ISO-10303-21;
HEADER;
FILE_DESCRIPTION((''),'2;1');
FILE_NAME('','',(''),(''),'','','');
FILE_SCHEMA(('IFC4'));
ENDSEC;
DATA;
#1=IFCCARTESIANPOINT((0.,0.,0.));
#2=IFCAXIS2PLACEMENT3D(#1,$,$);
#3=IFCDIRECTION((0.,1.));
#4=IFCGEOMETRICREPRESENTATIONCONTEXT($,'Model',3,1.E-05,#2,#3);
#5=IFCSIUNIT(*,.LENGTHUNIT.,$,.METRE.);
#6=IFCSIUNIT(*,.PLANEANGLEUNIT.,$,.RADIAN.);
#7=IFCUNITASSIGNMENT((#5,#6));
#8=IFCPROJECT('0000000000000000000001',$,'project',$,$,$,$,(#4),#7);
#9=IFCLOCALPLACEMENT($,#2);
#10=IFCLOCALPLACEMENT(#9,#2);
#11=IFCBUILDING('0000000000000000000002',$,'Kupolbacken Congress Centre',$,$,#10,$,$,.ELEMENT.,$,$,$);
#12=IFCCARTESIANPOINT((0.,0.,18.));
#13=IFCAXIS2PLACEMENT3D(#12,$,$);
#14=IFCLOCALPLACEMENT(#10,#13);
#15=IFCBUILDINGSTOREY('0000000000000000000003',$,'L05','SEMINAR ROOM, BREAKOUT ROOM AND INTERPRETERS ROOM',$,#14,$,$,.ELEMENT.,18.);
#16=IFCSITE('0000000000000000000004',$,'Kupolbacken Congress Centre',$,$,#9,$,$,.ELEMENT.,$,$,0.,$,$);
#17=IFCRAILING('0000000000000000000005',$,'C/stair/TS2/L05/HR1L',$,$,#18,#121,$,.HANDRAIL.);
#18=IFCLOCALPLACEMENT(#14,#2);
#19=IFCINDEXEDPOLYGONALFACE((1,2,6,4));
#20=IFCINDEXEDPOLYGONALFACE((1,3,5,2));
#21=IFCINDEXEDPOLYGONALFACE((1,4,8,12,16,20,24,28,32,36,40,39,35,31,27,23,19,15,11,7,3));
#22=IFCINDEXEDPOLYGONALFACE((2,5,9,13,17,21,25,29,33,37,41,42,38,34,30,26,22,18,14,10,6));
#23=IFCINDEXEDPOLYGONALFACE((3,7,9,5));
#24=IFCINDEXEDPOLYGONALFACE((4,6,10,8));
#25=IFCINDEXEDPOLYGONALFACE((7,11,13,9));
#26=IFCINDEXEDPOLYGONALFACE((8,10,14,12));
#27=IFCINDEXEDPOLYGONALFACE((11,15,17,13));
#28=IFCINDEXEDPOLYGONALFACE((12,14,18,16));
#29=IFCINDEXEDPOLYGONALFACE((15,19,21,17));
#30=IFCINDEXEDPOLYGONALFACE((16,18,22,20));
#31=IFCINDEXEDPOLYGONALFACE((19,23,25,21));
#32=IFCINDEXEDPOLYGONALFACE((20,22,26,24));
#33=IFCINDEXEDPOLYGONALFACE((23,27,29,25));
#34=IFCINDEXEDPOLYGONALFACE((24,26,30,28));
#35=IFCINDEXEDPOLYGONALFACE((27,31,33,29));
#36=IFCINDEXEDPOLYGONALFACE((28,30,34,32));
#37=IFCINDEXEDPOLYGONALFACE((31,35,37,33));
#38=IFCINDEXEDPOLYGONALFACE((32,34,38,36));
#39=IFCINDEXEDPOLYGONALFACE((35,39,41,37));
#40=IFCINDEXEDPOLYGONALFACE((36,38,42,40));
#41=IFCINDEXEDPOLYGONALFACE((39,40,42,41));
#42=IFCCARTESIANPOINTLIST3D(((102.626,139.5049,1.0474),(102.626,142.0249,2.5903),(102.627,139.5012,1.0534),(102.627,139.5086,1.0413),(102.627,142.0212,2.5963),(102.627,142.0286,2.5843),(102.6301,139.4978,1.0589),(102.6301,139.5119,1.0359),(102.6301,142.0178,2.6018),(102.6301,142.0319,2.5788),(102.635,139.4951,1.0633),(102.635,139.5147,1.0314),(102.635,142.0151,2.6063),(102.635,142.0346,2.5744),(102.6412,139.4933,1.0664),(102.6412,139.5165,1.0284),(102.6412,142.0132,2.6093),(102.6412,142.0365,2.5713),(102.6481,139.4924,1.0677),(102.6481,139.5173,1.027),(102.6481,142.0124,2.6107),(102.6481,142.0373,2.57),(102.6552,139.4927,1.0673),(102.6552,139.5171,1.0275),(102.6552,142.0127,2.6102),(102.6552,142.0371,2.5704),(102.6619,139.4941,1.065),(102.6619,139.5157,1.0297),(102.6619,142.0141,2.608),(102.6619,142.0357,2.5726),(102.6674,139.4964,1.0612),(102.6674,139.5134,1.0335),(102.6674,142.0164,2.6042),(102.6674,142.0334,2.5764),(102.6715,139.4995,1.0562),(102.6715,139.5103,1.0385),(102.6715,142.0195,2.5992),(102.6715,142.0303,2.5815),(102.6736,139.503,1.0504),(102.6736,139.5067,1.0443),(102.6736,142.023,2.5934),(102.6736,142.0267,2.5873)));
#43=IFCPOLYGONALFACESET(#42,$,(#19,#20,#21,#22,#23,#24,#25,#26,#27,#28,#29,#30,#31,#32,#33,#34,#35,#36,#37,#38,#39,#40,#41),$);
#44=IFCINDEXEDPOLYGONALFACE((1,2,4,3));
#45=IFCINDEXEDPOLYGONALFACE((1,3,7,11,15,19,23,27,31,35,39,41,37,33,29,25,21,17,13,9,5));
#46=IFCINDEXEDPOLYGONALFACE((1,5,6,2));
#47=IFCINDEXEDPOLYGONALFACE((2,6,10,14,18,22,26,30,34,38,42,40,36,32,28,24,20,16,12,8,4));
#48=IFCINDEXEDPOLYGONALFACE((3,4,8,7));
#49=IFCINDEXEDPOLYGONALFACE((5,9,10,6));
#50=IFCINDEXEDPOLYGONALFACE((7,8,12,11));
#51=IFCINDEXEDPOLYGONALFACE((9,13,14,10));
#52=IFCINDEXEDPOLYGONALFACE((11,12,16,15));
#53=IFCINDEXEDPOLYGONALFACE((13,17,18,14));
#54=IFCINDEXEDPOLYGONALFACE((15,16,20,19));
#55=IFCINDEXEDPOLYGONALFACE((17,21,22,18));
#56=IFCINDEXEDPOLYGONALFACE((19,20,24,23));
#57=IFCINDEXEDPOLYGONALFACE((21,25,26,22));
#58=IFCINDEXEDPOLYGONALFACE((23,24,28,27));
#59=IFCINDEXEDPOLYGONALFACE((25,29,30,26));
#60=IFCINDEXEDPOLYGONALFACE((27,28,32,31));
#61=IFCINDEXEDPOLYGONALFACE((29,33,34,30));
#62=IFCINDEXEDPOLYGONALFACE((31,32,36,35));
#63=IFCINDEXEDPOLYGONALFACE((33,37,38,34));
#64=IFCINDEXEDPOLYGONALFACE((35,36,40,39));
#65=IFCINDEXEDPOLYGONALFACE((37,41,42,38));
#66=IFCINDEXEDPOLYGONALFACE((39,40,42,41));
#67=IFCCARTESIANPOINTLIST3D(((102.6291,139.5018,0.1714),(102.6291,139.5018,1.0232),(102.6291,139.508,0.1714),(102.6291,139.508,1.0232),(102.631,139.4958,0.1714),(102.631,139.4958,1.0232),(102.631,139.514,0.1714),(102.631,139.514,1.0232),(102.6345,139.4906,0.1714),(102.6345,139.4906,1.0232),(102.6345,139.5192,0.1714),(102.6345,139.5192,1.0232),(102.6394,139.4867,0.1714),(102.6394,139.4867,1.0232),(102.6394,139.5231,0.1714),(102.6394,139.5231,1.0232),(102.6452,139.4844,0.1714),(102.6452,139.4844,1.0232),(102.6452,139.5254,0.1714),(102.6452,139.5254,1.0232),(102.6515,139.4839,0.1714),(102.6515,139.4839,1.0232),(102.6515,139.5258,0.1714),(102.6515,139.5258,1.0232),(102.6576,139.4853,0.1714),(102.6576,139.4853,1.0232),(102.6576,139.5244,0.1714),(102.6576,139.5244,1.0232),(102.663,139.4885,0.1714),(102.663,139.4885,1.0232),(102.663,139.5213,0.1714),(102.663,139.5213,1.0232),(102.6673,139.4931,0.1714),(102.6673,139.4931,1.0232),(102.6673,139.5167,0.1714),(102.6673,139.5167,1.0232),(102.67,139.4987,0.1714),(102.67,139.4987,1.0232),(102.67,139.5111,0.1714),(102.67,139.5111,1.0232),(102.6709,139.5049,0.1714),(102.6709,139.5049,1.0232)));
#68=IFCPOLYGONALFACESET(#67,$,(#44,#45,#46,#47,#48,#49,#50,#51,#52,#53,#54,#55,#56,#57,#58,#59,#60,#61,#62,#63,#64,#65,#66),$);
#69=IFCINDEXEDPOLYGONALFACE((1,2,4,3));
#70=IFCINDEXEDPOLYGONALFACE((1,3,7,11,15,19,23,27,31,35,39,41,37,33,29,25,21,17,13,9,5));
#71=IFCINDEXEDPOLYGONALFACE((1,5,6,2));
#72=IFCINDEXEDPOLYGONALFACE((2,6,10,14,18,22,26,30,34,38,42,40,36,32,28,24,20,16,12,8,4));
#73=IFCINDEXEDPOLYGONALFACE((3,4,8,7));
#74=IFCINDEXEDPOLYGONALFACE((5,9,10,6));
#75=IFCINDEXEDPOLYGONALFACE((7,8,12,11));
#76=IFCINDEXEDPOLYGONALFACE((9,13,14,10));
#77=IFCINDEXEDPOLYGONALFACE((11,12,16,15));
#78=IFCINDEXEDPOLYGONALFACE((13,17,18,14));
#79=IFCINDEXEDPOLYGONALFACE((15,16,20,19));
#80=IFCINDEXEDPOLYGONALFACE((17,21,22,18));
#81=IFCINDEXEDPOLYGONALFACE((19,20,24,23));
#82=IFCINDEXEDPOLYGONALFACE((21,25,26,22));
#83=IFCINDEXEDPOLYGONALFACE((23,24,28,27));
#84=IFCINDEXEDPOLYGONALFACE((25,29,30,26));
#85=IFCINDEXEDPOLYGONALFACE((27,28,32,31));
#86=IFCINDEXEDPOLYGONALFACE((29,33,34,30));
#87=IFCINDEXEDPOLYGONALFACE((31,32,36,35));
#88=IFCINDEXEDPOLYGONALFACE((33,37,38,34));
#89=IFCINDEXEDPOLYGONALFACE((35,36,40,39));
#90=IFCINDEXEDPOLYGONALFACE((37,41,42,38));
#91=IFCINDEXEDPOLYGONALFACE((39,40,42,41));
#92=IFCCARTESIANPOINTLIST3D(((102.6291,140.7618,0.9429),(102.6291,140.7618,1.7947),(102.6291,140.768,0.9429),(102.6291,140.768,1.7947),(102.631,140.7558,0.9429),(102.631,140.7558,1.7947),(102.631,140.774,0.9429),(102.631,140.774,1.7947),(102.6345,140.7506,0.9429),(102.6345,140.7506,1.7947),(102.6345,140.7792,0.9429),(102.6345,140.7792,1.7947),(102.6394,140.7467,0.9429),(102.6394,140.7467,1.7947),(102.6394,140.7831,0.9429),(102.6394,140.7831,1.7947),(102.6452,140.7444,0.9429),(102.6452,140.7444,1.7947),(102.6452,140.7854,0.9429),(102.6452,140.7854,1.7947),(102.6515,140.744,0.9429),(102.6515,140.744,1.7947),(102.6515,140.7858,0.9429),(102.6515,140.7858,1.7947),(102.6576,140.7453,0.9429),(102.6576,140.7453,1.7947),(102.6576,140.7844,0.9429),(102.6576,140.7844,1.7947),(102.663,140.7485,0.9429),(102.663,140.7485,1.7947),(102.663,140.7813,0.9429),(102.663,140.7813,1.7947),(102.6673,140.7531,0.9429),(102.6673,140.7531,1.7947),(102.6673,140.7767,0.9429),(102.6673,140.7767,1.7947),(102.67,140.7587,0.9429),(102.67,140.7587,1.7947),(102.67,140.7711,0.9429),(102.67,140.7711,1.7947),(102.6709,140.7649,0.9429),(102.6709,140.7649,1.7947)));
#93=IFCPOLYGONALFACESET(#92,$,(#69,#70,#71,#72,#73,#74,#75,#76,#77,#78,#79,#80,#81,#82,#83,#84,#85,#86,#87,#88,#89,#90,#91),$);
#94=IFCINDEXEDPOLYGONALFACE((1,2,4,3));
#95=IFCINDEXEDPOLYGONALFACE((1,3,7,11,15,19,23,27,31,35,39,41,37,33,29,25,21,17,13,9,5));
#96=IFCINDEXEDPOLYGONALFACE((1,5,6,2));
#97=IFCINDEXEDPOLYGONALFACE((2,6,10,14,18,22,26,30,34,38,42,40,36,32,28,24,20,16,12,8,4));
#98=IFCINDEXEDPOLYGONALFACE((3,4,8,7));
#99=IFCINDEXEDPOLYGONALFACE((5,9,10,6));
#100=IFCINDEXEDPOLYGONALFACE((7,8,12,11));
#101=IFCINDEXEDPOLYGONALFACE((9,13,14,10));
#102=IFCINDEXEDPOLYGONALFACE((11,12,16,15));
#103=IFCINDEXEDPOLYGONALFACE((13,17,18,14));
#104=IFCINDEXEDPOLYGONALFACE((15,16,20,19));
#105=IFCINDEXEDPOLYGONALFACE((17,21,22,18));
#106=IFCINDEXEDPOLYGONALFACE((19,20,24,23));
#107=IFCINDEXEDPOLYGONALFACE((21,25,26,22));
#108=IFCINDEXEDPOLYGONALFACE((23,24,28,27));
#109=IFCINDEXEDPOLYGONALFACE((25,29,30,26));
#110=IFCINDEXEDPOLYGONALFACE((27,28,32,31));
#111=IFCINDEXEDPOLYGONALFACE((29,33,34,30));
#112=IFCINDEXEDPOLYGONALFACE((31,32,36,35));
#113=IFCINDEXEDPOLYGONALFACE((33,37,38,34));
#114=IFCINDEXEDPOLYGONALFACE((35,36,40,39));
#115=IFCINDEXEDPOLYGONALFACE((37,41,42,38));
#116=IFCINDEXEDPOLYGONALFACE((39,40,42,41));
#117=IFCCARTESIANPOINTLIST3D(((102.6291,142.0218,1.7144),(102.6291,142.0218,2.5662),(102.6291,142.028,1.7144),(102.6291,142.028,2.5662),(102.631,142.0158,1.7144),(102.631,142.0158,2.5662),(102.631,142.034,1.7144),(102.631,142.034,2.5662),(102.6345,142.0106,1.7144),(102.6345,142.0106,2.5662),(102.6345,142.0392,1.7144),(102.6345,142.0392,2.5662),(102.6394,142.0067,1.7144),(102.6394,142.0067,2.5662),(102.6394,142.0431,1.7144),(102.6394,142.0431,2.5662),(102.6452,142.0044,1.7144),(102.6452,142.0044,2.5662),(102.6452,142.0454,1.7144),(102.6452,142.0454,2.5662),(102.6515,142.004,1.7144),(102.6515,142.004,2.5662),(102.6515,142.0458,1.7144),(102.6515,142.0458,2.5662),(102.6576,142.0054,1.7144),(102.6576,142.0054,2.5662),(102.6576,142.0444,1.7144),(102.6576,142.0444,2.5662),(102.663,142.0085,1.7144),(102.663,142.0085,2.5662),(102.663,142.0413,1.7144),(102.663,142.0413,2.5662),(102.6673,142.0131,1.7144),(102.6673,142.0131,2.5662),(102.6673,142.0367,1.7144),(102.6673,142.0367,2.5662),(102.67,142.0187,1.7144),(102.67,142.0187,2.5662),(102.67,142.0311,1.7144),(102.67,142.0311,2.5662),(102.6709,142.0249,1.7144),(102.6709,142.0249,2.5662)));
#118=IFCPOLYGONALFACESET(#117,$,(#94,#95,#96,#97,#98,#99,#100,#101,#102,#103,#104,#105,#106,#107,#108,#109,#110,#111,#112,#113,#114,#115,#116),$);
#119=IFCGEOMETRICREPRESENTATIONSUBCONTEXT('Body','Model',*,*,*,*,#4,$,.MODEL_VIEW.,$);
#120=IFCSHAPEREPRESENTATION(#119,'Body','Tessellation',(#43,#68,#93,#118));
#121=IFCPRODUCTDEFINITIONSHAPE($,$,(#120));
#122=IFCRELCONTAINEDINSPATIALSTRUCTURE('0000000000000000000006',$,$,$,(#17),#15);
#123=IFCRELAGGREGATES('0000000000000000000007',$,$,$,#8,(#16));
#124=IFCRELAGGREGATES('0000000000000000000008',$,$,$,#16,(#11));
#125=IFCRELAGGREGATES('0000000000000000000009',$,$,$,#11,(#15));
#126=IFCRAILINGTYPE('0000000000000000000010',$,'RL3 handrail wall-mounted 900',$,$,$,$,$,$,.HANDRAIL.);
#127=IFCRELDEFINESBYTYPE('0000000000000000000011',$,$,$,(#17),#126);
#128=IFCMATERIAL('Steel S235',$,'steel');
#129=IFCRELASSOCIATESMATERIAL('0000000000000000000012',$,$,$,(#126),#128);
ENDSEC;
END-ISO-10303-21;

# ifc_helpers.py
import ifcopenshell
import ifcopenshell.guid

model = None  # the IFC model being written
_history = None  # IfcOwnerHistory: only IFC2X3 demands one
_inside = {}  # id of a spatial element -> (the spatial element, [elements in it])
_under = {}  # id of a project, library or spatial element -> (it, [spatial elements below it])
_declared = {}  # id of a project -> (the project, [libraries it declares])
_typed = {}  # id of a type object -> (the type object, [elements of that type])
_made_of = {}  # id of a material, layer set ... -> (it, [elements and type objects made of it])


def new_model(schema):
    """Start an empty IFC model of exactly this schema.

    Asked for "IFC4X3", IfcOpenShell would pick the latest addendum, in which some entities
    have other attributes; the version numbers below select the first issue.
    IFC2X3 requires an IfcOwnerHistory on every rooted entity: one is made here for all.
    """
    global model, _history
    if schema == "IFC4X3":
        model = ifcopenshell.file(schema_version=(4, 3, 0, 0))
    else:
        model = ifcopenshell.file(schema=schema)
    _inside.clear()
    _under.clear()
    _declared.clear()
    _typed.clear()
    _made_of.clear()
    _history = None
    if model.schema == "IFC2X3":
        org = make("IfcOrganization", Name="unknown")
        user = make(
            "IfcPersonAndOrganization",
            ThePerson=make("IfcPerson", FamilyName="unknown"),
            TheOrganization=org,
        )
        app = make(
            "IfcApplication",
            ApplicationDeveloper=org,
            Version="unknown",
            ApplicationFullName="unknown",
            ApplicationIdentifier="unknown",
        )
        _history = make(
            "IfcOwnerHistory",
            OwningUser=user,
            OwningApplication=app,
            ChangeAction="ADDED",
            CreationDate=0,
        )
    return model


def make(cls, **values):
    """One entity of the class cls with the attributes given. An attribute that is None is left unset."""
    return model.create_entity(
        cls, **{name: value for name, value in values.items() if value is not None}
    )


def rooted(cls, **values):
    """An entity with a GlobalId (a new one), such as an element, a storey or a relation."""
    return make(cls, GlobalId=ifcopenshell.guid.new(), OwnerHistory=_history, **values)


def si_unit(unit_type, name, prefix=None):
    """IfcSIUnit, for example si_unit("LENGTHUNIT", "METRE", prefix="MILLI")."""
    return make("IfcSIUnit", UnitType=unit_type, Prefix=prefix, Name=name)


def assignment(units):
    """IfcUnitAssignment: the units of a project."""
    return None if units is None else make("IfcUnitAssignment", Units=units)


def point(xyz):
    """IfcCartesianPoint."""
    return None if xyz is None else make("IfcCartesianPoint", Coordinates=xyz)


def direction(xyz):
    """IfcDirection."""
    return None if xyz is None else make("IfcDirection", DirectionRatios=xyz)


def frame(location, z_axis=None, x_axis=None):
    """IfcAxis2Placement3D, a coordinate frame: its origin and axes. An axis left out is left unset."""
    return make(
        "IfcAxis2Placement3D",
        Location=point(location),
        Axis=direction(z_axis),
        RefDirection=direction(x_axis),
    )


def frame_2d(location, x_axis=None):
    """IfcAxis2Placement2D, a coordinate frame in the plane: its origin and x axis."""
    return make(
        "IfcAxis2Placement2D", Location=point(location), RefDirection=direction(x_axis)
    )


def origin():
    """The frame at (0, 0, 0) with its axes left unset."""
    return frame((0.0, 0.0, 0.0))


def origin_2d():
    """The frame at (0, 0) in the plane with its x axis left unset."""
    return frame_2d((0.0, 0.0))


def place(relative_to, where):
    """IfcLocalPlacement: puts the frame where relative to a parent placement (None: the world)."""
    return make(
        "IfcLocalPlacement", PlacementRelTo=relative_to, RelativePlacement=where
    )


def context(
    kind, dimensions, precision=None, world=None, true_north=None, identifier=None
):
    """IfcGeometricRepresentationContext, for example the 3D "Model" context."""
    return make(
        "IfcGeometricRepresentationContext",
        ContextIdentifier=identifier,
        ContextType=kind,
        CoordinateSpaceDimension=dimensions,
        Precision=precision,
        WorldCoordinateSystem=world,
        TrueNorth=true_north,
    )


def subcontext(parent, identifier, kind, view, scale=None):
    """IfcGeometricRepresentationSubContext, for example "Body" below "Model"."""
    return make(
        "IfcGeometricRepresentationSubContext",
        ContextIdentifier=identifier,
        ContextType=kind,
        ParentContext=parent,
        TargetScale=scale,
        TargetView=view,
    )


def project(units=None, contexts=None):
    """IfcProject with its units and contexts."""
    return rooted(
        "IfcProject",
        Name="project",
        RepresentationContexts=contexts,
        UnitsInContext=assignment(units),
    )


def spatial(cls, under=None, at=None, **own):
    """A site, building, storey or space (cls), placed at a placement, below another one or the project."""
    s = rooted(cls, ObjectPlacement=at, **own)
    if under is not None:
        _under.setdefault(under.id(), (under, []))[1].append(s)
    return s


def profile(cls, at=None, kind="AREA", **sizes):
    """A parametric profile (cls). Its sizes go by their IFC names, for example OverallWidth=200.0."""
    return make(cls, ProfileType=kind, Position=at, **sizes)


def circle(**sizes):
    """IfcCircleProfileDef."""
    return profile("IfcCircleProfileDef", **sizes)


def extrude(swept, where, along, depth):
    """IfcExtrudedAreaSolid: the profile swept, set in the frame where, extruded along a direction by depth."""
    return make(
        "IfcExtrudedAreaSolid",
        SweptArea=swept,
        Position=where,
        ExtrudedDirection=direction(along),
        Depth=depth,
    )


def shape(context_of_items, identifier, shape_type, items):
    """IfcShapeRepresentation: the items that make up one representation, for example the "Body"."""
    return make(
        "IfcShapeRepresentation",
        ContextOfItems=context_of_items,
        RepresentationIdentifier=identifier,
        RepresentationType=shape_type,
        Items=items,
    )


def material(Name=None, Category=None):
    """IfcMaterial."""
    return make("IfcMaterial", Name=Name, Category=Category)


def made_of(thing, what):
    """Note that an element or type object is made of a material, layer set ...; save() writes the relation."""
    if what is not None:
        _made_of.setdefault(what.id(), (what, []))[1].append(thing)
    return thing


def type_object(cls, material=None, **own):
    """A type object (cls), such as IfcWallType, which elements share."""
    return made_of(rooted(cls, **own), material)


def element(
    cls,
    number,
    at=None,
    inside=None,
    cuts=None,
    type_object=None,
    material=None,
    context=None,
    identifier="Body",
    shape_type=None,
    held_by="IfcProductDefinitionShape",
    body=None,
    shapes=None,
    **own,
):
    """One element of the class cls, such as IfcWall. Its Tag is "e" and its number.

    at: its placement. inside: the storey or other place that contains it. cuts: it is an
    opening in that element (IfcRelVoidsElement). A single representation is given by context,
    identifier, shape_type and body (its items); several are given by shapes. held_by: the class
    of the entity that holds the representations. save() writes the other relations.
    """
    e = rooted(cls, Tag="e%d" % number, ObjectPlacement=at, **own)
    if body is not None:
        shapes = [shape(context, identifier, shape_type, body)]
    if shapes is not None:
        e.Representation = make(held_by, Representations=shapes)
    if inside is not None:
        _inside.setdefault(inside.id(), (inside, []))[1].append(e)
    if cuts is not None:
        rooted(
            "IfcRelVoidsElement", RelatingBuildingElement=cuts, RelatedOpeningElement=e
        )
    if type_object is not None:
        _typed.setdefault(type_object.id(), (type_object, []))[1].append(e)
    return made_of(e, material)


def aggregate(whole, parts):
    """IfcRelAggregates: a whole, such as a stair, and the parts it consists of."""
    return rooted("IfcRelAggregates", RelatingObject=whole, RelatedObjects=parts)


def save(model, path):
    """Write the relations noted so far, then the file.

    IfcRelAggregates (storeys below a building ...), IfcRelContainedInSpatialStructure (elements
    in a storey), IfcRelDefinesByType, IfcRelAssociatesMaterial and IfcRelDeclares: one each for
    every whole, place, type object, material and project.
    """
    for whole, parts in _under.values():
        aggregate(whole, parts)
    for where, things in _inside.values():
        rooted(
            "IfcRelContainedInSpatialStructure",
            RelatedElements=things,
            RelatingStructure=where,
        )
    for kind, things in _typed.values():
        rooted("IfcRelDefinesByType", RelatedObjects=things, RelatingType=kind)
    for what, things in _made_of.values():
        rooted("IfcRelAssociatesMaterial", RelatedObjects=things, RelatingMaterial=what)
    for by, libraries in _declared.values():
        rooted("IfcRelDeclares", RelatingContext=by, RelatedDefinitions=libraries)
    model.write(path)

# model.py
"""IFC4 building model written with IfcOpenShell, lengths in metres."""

from ifc_helpers import new_model, si_unit, direction, frame, origin, origin_2d, place, context, subcontext, project, spatial, circle, extrude, material, type_object, element, save


model = new_model("IFC4")

# Units and contexts
model_context = context("Model", 3, precision=1e-05, world=origin(), true_north=direction((0.0, 1.0)))
body_context = subcontext(model_context, "Body", "Model", "MODEL_VIEW")
ifc_project = project(units=[si_unit("LENGTHUNIT", "METRE"), si_unit("PLANEANGLEUNIT", "RADIAN")], contexts=[model_context])

# Site, building, storey
site_placement = place(None, origin())
site = spatial("IfcSite", under=ifc_project, at=site_placement, Name="Kupolbacken Congress Centre", CompositionType="ELEMENT", RefElevation=0.0)
building_placement = place(site_placement, origin())
building = spatial("IfcBuilding", under=site, at=building_placement, Name="Kupolbacken Congress Centre", CompositionType="ELEMENT")
storey_placement = place(building_placement, frame((0.0, 0.0, 18.0)))
storey = spatial("IfcBuildingStorey", under=building, at=storey_placement, Name="L05", Description="SEMINAR ROOM, BREAKOUT ROOM AND INTERPRETERS ROOM", CompositionType="ELEMENT", Elevation=18.0)

# Railing
ifc_material_1 = material(Name="Steel S235", Category="steel")
railing_type = type_object("IfcRailingType", Name="RL3 handrail wall-mounted 900", PredefinedType="HANDRAIL", material=ifc_material_1)
railing_placement = place(storey_placement, frame((102.6499, 139.5049, 0.1714)))
element("IfcRailing", 1, at=railing_placement, inside=storey, type_object=railing_type, Name="C/stair/TS2/L05/HR1L", PredefinedType="HANDRAIL", context=body_context, shape_type="SweptSolid", body=[
    extrude(circle(Radius=0.0239, at=origin_2d()), frame((0.0, 0.0, 0.876), z_axis=(0.0, 0.852836, 0.522178), x_axis=(-1.0, 0.0, 0.0)), (0.0, 0.0, 1.0), 2.9548),
    extrude(circle(Radius=0.021, at=origin_2d()), origin(), (0.0, 0.0, 1.0), 0.8518),
    extrude(circle(Radius=0.021, at=origin_2d()), frame((0.0, 1.26, 0.7715)), (0.0, 0.0, 1.0), 0.8518),
    extrude(circle(Radius=0.021, at=origin_2d()), frame((0.0, 2.52, 1.543)), (0.0, 0.0, 1.0), 0.8518),
])

save(model, "model.ifc")
